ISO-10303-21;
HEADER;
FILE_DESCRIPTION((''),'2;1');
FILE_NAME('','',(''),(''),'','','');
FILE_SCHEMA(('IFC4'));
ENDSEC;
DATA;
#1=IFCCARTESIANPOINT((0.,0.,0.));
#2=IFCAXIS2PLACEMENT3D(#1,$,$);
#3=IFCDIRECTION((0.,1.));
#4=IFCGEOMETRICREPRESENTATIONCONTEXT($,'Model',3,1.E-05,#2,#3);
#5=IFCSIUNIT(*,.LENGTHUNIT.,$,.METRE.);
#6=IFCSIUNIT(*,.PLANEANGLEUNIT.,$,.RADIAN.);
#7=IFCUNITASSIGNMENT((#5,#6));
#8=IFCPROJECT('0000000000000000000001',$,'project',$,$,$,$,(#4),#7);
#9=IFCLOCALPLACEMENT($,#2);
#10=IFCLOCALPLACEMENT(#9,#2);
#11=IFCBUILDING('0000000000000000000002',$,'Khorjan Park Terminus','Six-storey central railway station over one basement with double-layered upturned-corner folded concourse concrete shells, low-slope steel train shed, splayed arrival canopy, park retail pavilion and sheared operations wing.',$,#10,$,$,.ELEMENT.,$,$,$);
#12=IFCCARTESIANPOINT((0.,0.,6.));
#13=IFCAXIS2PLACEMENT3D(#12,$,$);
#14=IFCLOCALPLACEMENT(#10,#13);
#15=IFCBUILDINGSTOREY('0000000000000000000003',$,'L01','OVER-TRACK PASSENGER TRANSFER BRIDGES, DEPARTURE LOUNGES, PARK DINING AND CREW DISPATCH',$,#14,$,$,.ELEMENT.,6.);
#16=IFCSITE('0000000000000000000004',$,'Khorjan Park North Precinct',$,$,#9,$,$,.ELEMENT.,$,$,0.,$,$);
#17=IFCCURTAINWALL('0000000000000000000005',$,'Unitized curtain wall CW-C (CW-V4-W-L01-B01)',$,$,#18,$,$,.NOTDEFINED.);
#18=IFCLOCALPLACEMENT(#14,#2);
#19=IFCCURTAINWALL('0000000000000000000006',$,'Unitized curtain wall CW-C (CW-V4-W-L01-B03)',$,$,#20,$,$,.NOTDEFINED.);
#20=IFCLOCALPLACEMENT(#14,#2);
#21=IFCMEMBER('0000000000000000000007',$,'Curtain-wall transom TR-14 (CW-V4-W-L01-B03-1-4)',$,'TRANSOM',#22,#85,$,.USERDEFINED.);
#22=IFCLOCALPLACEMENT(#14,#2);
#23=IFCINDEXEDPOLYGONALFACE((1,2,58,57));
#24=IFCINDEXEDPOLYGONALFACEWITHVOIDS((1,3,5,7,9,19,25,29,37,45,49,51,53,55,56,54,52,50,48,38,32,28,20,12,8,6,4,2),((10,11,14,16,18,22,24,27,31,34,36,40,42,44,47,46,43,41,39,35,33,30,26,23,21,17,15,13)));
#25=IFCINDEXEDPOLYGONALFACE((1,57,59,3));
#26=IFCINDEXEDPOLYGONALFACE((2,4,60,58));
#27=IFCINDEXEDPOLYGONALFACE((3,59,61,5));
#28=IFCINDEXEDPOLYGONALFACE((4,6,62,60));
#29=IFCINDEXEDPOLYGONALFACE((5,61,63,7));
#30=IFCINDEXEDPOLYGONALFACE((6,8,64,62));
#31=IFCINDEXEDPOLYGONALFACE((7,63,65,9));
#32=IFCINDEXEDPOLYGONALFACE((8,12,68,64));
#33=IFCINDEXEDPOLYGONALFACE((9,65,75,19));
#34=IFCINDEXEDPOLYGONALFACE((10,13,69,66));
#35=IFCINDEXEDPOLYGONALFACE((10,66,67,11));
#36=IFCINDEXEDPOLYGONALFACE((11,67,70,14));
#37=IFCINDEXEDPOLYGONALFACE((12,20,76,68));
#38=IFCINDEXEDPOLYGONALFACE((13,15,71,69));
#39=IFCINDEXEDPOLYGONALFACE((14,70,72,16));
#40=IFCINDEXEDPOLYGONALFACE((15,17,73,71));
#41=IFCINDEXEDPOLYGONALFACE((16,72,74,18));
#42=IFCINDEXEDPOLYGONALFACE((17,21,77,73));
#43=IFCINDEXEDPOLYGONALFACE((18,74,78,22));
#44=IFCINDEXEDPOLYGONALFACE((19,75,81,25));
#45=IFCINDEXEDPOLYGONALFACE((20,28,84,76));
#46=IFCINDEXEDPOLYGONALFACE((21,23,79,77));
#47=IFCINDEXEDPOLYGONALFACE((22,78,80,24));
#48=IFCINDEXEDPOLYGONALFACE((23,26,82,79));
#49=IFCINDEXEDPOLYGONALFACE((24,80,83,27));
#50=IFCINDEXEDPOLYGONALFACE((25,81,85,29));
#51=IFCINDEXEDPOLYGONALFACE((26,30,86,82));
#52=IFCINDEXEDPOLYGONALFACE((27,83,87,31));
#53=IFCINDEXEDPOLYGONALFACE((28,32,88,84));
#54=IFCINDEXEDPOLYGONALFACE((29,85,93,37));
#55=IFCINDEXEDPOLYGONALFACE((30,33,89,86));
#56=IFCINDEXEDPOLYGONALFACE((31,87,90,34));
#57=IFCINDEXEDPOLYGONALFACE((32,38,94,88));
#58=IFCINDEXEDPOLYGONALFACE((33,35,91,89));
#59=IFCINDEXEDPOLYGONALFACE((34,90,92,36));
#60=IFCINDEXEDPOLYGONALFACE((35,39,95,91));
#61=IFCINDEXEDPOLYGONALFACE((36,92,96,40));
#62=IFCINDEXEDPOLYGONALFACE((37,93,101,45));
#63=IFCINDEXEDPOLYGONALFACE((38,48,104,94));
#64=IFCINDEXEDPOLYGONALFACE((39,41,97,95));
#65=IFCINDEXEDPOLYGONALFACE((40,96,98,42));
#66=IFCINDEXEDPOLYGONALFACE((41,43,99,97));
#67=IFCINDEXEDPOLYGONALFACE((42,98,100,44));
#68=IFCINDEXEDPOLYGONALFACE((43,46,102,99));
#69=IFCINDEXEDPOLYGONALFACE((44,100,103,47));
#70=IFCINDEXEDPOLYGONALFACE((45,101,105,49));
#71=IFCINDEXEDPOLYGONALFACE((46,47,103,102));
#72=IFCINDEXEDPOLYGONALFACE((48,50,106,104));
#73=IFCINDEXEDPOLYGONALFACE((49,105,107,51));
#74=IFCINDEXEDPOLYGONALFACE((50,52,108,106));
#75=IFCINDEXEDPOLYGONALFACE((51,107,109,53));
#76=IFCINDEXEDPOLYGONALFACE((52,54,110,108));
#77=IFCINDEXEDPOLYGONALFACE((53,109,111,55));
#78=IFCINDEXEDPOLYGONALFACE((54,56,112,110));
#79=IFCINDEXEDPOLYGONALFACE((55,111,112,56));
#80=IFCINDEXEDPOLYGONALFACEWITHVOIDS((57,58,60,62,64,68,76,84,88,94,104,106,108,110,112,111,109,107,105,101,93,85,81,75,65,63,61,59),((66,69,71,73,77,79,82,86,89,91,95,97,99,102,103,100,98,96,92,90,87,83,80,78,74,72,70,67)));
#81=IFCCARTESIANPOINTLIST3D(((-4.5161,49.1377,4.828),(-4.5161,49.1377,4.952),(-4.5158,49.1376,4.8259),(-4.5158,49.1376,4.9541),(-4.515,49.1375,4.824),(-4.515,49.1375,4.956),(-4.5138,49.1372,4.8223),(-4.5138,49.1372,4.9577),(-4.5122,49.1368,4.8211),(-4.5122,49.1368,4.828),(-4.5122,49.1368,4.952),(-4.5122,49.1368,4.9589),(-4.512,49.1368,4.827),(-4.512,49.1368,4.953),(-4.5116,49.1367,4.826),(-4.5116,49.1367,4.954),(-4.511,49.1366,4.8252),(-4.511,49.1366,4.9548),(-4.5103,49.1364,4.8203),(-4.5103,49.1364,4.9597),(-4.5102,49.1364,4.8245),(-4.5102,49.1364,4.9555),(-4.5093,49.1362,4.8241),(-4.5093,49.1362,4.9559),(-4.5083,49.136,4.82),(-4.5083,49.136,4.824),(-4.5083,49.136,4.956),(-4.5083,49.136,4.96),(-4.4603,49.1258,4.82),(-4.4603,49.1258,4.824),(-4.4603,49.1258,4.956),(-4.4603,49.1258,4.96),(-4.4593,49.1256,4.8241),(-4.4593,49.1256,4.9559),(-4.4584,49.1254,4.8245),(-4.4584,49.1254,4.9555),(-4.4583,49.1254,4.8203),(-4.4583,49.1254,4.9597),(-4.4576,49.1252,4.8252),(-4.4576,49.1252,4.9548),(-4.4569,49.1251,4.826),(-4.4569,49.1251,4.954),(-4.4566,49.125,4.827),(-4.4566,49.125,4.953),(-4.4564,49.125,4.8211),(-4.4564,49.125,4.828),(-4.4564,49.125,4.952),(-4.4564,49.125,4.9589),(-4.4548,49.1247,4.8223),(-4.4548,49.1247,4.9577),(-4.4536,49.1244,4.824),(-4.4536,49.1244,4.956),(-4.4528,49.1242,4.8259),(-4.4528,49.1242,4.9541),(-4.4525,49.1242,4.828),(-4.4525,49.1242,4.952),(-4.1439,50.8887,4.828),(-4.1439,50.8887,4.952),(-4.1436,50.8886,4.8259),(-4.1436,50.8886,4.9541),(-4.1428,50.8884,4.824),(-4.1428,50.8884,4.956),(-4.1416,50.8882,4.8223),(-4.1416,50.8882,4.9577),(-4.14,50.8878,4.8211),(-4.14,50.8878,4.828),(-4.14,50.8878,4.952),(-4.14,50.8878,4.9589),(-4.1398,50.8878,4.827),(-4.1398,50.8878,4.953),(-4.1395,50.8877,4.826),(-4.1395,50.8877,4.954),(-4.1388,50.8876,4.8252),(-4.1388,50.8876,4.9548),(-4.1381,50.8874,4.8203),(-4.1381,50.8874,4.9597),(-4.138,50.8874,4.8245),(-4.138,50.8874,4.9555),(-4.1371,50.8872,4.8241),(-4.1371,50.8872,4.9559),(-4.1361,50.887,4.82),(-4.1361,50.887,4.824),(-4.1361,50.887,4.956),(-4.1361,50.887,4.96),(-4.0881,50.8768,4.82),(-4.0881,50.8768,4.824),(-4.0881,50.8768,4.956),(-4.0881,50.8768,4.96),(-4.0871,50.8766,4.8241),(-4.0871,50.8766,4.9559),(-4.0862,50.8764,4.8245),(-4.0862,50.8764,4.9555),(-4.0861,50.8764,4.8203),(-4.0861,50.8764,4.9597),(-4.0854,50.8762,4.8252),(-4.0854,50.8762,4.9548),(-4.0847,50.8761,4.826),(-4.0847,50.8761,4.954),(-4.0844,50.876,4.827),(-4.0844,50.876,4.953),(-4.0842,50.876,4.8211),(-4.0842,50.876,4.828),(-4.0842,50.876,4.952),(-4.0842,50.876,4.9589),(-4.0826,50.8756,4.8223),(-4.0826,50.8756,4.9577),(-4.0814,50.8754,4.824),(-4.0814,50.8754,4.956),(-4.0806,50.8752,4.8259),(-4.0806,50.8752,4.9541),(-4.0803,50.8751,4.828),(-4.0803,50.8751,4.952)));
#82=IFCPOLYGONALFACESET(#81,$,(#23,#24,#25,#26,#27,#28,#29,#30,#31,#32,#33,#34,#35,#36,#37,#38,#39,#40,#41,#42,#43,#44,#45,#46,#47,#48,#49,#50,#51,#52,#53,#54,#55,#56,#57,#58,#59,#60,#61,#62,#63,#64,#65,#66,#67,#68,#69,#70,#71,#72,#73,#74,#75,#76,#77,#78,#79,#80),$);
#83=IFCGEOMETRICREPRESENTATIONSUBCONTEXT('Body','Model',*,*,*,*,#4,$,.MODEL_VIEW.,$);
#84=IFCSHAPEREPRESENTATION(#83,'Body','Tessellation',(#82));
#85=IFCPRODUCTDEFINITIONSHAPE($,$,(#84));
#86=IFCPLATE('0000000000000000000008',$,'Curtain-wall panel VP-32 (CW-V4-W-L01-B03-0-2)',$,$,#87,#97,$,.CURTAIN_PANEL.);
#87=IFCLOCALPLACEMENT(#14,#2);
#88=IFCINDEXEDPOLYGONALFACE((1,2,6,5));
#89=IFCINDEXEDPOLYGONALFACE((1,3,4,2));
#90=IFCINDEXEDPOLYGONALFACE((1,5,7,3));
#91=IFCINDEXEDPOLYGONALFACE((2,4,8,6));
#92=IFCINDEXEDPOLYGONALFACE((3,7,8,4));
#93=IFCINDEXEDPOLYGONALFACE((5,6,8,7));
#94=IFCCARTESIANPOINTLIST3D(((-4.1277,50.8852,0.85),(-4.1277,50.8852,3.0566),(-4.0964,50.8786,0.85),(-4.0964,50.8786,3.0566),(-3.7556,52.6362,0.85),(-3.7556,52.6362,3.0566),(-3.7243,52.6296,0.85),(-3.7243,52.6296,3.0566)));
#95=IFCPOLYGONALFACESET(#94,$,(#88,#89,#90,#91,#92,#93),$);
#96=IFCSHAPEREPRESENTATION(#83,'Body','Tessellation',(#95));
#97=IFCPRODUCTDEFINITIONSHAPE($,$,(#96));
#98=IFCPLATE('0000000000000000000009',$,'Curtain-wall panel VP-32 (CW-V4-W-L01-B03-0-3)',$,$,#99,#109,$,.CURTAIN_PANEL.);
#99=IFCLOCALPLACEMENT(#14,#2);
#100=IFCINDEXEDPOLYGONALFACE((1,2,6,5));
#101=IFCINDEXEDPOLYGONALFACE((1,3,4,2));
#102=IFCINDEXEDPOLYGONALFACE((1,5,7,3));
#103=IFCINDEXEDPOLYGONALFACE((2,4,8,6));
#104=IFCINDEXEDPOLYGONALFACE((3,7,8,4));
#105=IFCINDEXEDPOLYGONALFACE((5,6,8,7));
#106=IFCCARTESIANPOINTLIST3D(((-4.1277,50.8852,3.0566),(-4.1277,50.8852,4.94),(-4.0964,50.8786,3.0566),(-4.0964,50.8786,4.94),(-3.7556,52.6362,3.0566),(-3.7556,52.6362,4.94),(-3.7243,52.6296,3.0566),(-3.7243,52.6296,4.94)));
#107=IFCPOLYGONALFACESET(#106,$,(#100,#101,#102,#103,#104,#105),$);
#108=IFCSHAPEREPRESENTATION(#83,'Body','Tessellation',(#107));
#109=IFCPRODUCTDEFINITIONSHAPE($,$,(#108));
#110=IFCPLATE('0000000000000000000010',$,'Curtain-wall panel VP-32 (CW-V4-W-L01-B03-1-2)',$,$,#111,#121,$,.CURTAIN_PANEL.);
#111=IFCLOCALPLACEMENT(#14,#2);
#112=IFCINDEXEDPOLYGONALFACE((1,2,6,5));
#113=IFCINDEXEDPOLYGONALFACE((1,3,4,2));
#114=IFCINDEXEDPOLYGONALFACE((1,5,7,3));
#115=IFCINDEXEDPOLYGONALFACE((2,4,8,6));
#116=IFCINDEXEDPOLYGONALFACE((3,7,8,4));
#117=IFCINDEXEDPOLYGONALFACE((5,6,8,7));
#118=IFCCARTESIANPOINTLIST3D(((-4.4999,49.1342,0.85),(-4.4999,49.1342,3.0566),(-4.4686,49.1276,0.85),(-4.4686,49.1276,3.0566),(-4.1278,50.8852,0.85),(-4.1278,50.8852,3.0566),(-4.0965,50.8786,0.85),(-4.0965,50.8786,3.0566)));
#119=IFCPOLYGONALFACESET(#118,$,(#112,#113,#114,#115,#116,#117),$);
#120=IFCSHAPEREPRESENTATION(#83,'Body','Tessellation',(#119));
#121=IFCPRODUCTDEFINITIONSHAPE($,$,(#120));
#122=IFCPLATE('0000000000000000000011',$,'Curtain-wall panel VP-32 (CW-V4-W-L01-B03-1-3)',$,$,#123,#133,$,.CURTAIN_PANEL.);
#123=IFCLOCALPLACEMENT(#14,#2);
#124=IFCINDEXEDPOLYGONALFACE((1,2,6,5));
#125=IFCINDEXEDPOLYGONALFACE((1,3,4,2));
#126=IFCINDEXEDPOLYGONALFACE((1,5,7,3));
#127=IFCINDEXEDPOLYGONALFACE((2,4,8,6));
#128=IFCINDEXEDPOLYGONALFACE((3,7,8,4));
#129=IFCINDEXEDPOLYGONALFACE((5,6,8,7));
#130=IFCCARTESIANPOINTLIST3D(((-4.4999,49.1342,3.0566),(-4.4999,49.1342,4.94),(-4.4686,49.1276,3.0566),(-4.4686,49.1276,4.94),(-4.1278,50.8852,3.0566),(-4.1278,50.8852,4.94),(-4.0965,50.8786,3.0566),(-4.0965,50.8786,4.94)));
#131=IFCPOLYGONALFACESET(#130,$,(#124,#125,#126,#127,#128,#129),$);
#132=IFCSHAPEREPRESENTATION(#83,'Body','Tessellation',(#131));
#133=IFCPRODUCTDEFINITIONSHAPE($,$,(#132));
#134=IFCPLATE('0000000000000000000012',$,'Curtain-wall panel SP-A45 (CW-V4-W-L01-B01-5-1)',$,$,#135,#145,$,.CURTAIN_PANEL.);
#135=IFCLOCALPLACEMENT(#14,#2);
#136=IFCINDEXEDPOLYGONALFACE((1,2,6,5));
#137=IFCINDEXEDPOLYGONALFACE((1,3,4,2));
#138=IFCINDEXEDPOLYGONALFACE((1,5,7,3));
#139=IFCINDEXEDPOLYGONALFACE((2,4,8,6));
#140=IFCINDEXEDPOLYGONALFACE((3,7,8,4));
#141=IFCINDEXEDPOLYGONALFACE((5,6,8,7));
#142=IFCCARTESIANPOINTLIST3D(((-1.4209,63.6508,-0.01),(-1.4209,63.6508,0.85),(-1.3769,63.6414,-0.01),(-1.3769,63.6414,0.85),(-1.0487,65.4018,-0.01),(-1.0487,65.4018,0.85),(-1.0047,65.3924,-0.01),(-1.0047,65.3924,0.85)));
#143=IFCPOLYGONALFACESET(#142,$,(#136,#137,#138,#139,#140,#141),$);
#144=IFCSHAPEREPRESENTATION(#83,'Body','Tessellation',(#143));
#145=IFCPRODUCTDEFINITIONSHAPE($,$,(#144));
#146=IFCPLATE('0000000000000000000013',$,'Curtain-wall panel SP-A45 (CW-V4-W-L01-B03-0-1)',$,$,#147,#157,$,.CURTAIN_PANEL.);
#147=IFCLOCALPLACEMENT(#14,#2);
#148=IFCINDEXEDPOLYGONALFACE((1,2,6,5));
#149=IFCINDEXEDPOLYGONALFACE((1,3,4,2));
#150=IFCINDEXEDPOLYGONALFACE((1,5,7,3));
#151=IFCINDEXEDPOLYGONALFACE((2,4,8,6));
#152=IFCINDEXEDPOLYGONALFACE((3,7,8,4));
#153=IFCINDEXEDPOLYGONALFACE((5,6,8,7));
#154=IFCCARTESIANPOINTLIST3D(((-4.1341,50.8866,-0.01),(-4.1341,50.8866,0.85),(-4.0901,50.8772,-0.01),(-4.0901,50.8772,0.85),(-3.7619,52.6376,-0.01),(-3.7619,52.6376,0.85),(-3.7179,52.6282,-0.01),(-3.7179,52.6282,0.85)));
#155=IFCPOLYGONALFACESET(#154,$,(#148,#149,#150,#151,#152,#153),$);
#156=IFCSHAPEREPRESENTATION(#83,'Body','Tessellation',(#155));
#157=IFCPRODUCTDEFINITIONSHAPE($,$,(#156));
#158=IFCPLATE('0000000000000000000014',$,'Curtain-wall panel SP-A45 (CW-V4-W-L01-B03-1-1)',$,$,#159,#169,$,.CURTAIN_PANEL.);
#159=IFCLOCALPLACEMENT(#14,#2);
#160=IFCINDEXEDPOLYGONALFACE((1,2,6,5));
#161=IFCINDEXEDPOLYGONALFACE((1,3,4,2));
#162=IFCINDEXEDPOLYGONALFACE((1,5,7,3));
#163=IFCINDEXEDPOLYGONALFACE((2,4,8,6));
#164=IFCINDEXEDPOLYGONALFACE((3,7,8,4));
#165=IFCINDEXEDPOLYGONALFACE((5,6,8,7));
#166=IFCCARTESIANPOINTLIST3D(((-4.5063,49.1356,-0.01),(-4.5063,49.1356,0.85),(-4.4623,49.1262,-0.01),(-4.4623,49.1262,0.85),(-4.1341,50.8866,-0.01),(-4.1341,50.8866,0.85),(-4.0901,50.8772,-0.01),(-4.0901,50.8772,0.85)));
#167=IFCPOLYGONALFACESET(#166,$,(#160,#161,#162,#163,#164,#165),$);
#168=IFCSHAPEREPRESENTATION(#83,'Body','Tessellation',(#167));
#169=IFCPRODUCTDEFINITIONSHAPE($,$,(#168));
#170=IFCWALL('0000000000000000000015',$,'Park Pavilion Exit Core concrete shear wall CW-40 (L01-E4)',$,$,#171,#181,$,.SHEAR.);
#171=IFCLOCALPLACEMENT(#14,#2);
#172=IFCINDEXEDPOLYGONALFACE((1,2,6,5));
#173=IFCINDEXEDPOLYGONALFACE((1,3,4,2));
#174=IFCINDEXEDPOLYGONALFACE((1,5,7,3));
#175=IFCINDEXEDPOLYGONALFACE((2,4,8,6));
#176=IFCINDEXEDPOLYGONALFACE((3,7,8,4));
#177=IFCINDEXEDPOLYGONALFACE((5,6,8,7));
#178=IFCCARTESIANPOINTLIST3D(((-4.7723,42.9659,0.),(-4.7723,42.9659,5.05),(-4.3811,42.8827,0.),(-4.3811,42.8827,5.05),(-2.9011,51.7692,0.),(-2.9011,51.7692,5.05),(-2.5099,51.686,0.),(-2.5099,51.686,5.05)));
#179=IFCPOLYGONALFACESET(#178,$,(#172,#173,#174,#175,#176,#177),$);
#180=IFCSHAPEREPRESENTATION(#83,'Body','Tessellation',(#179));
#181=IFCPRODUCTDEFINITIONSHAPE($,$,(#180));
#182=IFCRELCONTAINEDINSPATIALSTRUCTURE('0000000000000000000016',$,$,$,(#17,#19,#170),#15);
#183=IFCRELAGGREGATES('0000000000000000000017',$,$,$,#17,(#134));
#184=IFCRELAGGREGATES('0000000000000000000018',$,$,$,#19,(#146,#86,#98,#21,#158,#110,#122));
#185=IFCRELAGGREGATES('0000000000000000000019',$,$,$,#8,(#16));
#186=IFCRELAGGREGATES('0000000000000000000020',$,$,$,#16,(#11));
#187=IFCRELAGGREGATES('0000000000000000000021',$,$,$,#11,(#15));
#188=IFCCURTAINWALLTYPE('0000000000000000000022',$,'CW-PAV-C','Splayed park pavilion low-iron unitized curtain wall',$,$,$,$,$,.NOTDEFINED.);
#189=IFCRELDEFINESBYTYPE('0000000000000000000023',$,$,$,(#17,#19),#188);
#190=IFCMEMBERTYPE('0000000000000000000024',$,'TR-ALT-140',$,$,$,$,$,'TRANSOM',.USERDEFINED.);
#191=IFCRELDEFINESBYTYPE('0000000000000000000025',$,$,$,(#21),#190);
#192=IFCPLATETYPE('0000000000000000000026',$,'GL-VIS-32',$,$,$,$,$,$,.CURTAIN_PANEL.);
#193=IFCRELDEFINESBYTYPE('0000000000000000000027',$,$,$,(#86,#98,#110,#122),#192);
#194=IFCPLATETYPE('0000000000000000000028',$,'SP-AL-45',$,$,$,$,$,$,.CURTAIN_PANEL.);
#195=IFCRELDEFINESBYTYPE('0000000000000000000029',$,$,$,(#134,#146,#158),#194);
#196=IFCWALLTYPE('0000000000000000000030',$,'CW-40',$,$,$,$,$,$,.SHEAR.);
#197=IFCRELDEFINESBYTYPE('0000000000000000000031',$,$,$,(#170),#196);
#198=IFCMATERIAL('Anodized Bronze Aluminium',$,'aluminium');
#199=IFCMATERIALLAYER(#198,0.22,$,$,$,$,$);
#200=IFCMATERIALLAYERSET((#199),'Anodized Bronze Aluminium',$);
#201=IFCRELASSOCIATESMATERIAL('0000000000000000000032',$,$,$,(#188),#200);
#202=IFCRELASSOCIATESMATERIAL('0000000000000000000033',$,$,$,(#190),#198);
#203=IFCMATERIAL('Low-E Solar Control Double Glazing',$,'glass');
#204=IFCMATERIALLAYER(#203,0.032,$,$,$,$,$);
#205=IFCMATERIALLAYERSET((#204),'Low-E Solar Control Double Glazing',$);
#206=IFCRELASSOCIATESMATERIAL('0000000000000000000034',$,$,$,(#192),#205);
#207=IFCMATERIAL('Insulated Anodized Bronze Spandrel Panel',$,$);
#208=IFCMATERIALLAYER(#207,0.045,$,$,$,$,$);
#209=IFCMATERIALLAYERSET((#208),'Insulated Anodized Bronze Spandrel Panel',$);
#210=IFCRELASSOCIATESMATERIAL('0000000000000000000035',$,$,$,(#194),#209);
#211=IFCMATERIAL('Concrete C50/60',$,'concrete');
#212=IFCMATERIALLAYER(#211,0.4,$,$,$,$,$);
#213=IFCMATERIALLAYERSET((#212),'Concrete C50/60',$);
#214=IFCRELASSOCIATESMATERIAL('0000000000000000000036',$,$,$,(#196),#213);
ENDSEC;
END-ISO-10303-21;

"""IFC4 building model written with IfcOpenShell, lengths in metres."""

from ifc_helpers import new_model, si_unit, direction, frame, frame_2d, origin, origin_2d, place, context, subcontext, project, spatial, rectangle, hollow_rectangle, extrude, material, layer, layer_set, material_profile, profile_set, type_object, element, aggregate, save


model = new_model("IFC4")

# Units and contexts
model_context = context("Model", 3, precision=1e-05, world=origin(), true_north=direction((0.0, 1.0)))
body_context = subcontext(model_context, "Body", "Model", "MODEL_VIEW")
ifc_project = project(units=[si_unit("LENGTHUNIT", "METRE"), si_unit("PLANEANGLEUNIT", "RADIAN")], contexts=[model_context])

# Site, building, storey
site_placement = place(None, origin())
site = spatial("IfcSite", under=ifc_project, at=site_placement, Name="Khorjan Park North Precinct", CompositionType="ELEMENT", RefElevation=0.0)
building_placement = place(site_placement, origin())
building = spatial("IfcBuilding", under=site, at=building_placement, Name="Khorjan Park Terminus", Description="Six-storey central railway station over one basement with double-layered upturned-corner folded concourse concrete shells, low-slope steel train shed, splayed arrival canopy, park retail pavilion and sheared operations wing.", CompositionType="ELEMENT")
storey_placement = place(building_placement, frame((0.0, 0.0, 6.0)))
storey = spatial("IfcBuildingStorey", under=building, at=storey_placement, Name="L01", Description="OVER-TRACK PASSENGER TRANSFER BRIDGES, DEPARTURE LOUNGES, PARK DINING AND CREW DISPATCH", CompositionType="ELEMENT", Elevation=6.0)

# Curtain wall
ifc_material_1 = material(Name="Anodized Bronze Aluminium", Category="aluminium")
ifc_layer_1 = layer(ifc_material_1, 0.22)
ifc_layer_set_1 = layer_set([ifc_layer_1], Name="Anodized Bronze Aluminium")
curtain_wall_type = type_object("IfcCurtainWallType", Name="CW-PAV-C", Description="Splayed park pavilion low-iron unitized curtain wall", PredefinedType="NOTDEFINED", material=ifc_layer_set_1)
curtain_wall_1_placement = place(storey_placement, origin())
curtain_wall_1 = element("IfcCurtainWall", 1, at=curtain_wall_1_placement, inside=storey, type_object=curtain_wall_type, Name="Unitized curtain wall CW-C (CW-V4-W-L01-B01)", PredefinedType="NOTDEFINED")

# Curtain wall, member, plates
curtain_wall_2_placement = place(storey_placement, origin())
curtain_wall_2 = element("IfcCurtainWall", 2, at=curtain_wall_2_placement, inside=storey, type_object=curtain_wall_type, Name="Unitized curtain wall CW-C (CW-V4-W-L01-B03)", PredefinedType="NOTDEFINED")
ifc_material_profile_1 = material_profile(ifc_material_1, hollow_rectangle(XDim=0.065, YDim=0.14, WallThickness=0.004, InnerFilletRadius=0.004, OuterFilletRadius=0.008, at=origin_2d()), Name="ALT 65x140x4")
ifc_profile_set_1 = profile_set([ifc_material_profile_1], Name="Anodized Bronze Aluminium")
member_type_1 = type_object("IfcMemberType", Name="TR-ALT-140", ElementType="TRANSOM", PredefinedType="USERDEFINED", material=ifc_profile_set_1)
member_1_placement = place(storey_placement, frame((-4.1121, 50.8819, 4.89), z_axis=(-0.207919, -0.978146, 0.0), x_axis=(0.978146, -0.207919, 0.0)))
member_1 = element("IfcMember", 3, at=member_1_placement, type_object=member_type_1, Name="Curtain-wall transom TR-14 (CW-V4-W-L01-B03-1-4)", ObjectType="TRANSOM", PredefinedType="USERDEFINED", context=body_context, shape_type="SweptSolid", body=[
    extrude(hollow_rectangle(XDim=0.065, YDim=0.14, WallThickness=0.004, InnerFilletRadius=0.004, OuterFilletRadius=0.008, at=origin_2d()), origin(), (0.0, 0.0, 1.0), 1.7901),
])
ifc_material_2 = material(Name="Low-E Solar Control Double Glazing", Category="glass")
ifc_layer_2 = layer(ifc_material_2, 0.032)
ifc_layer_set_2 = layer_set([ifc_layer_2], Name="Low-E Solar Control Double Glazing")
plate_type_1 = type_object("IfcPlateType", Name="GL-VIS-32", PredefinedType="CURTAIN_PANEL", material=ifc_layer_set_2)
plate_1_placement = place(storey_placement, frame((-3.926, 51.7574, 0.85), z_axis=(0.0, 0.0, 1.0), x_axis=(-0.207918, -0.978146, 0.0)))
plate_1 = element("IfcPlate", 4, at=plate_1_placement, type_object=plate_type_1, Name="Curtain-wall panel VP-32 (CW-V4-W-L01-B03-0-2)", PredefinedType="CURTAIN_PANEL", context=body_context, shape_type="SweptSolid", body=[
    extrude(rectangle(XDim=1.7901, YDim=0.032, at=origin_2d()), origin(), (0.0, 0.0, 1.0), 2.2066),
])
plate_2_placement = place(storey_placement, frame((-3.926, 51.7574, 3.0566), z_axis=(0.0, 0.0, 1.0), x_axis=(-0.207918, -0.978146, 0.0)))
plate_2 = element("IfcPlate", 5, at=plate_2_placement, type_object=plate_type_1, Name="Curtain-wall panel VP-32 (CW-V4-W-L01-B03-0-3)", PredefinedType="CURTAIN_PANEL", context=body_context, shape_type="SweptSolid", body=[
    extrude(rectangle(XDim=1.7901, YDim=0.032, at=origin_2d()), origin(), (0.0, 0.0, 1.0), 1.8834),
])
plate_3_placement = place(storey_placement, frame((-4.2982, 50.0064, 0.85), z_axis=(0.0, 0.0, 1.0), x_axis=(-0.207918, -0.978146, 0.0)))
plate_3 = element("IfcPlate", 6, at=plate_3_placement, type_object=plate_type_1, Name="Curtain-wall panel VP-32 (CW-V4-W-L01-B03-1-2)", PredefinedType="CURTAIN_PANEL", context=body_context, shape_type="SweptSolid", body=[
    extrude(rectangle(XDim=1.7901, YDim=0.032, at=origin_2d()), origin(), (0.0, 0.0, 1.0), 2.2066),
])
plate_4_placement = place(storey_placement, frame((-4.2982, 50.0064, 3.0566), z_axis=(0.0, 0.0, 1.0), x_axis=(-0.207918, -0.978146, 0.0)))
plate_4 = element("IfcPlate", 7, at=plate_4_placement, type_object=plate_type_1, Name="Curtain-wall panel VP-32 (CW-V4-W-L01-B03-1-3)", PredefinedType="CURTAIN_PANEL", context=body_context, shape_type="SweptSolid", body=[
    extrude(rectangle(XDim=1.7901, YDim=0.032, at=origin_2d()), origin(), (0.0, 0.0, 1.0), 1.8834),
])

# Plates
ifc_material_3 = material(Name="Insulated Anodized Bronze Spandrel Panel")
ifc_layer_3 = layer(ifc_material_3, 0.045)
ifc_layer_set_3 = layer_set([ifc_layer_3], Name="Insulated Anodized Bronze Spandrel Panel")
plate_type_2 = type_object("IfcPlateType", Name="SP-AL-45", PredefinedType="CURTAIN_PANEL", material=ifc_layer_set_3)
plate_5_placement = place(storey_placement, frame((-1.2128, 64.5216, -0.01), z_axis=(0.0, 0.0, 1.0), x_axis=(-0.207907, -0.978149, 0.0)))
plate_5 = element("IfcPlate", 8, at=plate_5_placement, type_object=plate_type_2, Name="Curtain-wall panel SP-A45 (CW-V4-W-L01-B01-5-1)", PredefinedType="CURTAIN_PANEL", context=body_context, shape_type="SweptSolid", body=[
    extrude(rectangle(XDim=1.7901, YDim=0.045, at=origin_2d()), origin(), (0.0, 0.0, 1.0), 0.86),
])
aggregate(curtain_wall_1, [plate_5])
plate_6_placement = place(storey_placement, frame((-3.926, 51.7574, -0.01), z_axis=(0.0, 0.0, 1.0), x_axis=(-0.207918, -0.978146, 0.0)))
plate_6 = element("IfcPlate", 9, at=plate_6_placement, type_object=plate_type_2, Name="Curtain-wall panel SP-A45 (CW-V4-W-L01-B03-0-1)", PredefinedType="CURTAIN_PANEL", context=body_context, shape_type="SweptSolid", body=[
    extrude(rectangle(XDim=1.7901, YDim=0.045, at=origin_2d()), origin(), (0.0, 0.0, 1.0), 0.86),
])
plate_7_placement = place(storey_placement, frame((-4.2982, 50.0064, -0.01), z_axis=(0.0, 0.0, 1.0), x_axis=(-0.207918, -0.978146, 0.0)))
plate_7 = element("IfcPlate", 10, at=plate_7_placement, type_object=plate_type_2, Name="Curtain-wall panel SP-A45 (CW-V4-W-L01-B03-1-1)", PredefinedType="CURTAIN_PANEL", context=body_context, shape_type="SweptSolid", body=[
    extrude(rectangle(XDim=1.7901, YDim=0.045, at=origin_2d()), origin(), (0.0, 0.0, 1.0), 0.86),
])
aggregate(curtain_wall_2, [plate_6, plate_1, plate_2, member_1, plate_7, plate_3, plate_4])

# Wall
ifc_material_4 = material(Name="Concrete C50/60", Category="concrete")
ifc_layer_4 = layer(ifc_material_4, 0.4)
ifc_layer_set_4 = layer_set([ifc_layer_4], Name="Concrete C50/60")
wall_type_1 = type_object("IfcWallType", Name="CW-40", PredefinedType="SHEAR", material=ifc_layer_set_4)
wall_1_placement = place(storey_placement, frame((-2.7055, 51.7276, 0.0), z_axis=(0.0, 0.0, 1.0), x_axis=(-0.207912, -0.978148, 0.0)))
element("IfcWall", 11, at=wall_1_placement, inside=storey, type_object=wall_type_1, Name="Park Pavilion Exit Core concrete shear wall CW-40 (L01-E4)", PredefinedType="SHEAR", context=body_context, shape_type="SweptSolid", body=[
    extrude(rectangle(XDim=9.0, YDim=0.4, at=frame_2d((4.5, 0.0))), origin(), (0.0, 0.0, 1.0), 5.05),
])

save(model, "model.ifc")
